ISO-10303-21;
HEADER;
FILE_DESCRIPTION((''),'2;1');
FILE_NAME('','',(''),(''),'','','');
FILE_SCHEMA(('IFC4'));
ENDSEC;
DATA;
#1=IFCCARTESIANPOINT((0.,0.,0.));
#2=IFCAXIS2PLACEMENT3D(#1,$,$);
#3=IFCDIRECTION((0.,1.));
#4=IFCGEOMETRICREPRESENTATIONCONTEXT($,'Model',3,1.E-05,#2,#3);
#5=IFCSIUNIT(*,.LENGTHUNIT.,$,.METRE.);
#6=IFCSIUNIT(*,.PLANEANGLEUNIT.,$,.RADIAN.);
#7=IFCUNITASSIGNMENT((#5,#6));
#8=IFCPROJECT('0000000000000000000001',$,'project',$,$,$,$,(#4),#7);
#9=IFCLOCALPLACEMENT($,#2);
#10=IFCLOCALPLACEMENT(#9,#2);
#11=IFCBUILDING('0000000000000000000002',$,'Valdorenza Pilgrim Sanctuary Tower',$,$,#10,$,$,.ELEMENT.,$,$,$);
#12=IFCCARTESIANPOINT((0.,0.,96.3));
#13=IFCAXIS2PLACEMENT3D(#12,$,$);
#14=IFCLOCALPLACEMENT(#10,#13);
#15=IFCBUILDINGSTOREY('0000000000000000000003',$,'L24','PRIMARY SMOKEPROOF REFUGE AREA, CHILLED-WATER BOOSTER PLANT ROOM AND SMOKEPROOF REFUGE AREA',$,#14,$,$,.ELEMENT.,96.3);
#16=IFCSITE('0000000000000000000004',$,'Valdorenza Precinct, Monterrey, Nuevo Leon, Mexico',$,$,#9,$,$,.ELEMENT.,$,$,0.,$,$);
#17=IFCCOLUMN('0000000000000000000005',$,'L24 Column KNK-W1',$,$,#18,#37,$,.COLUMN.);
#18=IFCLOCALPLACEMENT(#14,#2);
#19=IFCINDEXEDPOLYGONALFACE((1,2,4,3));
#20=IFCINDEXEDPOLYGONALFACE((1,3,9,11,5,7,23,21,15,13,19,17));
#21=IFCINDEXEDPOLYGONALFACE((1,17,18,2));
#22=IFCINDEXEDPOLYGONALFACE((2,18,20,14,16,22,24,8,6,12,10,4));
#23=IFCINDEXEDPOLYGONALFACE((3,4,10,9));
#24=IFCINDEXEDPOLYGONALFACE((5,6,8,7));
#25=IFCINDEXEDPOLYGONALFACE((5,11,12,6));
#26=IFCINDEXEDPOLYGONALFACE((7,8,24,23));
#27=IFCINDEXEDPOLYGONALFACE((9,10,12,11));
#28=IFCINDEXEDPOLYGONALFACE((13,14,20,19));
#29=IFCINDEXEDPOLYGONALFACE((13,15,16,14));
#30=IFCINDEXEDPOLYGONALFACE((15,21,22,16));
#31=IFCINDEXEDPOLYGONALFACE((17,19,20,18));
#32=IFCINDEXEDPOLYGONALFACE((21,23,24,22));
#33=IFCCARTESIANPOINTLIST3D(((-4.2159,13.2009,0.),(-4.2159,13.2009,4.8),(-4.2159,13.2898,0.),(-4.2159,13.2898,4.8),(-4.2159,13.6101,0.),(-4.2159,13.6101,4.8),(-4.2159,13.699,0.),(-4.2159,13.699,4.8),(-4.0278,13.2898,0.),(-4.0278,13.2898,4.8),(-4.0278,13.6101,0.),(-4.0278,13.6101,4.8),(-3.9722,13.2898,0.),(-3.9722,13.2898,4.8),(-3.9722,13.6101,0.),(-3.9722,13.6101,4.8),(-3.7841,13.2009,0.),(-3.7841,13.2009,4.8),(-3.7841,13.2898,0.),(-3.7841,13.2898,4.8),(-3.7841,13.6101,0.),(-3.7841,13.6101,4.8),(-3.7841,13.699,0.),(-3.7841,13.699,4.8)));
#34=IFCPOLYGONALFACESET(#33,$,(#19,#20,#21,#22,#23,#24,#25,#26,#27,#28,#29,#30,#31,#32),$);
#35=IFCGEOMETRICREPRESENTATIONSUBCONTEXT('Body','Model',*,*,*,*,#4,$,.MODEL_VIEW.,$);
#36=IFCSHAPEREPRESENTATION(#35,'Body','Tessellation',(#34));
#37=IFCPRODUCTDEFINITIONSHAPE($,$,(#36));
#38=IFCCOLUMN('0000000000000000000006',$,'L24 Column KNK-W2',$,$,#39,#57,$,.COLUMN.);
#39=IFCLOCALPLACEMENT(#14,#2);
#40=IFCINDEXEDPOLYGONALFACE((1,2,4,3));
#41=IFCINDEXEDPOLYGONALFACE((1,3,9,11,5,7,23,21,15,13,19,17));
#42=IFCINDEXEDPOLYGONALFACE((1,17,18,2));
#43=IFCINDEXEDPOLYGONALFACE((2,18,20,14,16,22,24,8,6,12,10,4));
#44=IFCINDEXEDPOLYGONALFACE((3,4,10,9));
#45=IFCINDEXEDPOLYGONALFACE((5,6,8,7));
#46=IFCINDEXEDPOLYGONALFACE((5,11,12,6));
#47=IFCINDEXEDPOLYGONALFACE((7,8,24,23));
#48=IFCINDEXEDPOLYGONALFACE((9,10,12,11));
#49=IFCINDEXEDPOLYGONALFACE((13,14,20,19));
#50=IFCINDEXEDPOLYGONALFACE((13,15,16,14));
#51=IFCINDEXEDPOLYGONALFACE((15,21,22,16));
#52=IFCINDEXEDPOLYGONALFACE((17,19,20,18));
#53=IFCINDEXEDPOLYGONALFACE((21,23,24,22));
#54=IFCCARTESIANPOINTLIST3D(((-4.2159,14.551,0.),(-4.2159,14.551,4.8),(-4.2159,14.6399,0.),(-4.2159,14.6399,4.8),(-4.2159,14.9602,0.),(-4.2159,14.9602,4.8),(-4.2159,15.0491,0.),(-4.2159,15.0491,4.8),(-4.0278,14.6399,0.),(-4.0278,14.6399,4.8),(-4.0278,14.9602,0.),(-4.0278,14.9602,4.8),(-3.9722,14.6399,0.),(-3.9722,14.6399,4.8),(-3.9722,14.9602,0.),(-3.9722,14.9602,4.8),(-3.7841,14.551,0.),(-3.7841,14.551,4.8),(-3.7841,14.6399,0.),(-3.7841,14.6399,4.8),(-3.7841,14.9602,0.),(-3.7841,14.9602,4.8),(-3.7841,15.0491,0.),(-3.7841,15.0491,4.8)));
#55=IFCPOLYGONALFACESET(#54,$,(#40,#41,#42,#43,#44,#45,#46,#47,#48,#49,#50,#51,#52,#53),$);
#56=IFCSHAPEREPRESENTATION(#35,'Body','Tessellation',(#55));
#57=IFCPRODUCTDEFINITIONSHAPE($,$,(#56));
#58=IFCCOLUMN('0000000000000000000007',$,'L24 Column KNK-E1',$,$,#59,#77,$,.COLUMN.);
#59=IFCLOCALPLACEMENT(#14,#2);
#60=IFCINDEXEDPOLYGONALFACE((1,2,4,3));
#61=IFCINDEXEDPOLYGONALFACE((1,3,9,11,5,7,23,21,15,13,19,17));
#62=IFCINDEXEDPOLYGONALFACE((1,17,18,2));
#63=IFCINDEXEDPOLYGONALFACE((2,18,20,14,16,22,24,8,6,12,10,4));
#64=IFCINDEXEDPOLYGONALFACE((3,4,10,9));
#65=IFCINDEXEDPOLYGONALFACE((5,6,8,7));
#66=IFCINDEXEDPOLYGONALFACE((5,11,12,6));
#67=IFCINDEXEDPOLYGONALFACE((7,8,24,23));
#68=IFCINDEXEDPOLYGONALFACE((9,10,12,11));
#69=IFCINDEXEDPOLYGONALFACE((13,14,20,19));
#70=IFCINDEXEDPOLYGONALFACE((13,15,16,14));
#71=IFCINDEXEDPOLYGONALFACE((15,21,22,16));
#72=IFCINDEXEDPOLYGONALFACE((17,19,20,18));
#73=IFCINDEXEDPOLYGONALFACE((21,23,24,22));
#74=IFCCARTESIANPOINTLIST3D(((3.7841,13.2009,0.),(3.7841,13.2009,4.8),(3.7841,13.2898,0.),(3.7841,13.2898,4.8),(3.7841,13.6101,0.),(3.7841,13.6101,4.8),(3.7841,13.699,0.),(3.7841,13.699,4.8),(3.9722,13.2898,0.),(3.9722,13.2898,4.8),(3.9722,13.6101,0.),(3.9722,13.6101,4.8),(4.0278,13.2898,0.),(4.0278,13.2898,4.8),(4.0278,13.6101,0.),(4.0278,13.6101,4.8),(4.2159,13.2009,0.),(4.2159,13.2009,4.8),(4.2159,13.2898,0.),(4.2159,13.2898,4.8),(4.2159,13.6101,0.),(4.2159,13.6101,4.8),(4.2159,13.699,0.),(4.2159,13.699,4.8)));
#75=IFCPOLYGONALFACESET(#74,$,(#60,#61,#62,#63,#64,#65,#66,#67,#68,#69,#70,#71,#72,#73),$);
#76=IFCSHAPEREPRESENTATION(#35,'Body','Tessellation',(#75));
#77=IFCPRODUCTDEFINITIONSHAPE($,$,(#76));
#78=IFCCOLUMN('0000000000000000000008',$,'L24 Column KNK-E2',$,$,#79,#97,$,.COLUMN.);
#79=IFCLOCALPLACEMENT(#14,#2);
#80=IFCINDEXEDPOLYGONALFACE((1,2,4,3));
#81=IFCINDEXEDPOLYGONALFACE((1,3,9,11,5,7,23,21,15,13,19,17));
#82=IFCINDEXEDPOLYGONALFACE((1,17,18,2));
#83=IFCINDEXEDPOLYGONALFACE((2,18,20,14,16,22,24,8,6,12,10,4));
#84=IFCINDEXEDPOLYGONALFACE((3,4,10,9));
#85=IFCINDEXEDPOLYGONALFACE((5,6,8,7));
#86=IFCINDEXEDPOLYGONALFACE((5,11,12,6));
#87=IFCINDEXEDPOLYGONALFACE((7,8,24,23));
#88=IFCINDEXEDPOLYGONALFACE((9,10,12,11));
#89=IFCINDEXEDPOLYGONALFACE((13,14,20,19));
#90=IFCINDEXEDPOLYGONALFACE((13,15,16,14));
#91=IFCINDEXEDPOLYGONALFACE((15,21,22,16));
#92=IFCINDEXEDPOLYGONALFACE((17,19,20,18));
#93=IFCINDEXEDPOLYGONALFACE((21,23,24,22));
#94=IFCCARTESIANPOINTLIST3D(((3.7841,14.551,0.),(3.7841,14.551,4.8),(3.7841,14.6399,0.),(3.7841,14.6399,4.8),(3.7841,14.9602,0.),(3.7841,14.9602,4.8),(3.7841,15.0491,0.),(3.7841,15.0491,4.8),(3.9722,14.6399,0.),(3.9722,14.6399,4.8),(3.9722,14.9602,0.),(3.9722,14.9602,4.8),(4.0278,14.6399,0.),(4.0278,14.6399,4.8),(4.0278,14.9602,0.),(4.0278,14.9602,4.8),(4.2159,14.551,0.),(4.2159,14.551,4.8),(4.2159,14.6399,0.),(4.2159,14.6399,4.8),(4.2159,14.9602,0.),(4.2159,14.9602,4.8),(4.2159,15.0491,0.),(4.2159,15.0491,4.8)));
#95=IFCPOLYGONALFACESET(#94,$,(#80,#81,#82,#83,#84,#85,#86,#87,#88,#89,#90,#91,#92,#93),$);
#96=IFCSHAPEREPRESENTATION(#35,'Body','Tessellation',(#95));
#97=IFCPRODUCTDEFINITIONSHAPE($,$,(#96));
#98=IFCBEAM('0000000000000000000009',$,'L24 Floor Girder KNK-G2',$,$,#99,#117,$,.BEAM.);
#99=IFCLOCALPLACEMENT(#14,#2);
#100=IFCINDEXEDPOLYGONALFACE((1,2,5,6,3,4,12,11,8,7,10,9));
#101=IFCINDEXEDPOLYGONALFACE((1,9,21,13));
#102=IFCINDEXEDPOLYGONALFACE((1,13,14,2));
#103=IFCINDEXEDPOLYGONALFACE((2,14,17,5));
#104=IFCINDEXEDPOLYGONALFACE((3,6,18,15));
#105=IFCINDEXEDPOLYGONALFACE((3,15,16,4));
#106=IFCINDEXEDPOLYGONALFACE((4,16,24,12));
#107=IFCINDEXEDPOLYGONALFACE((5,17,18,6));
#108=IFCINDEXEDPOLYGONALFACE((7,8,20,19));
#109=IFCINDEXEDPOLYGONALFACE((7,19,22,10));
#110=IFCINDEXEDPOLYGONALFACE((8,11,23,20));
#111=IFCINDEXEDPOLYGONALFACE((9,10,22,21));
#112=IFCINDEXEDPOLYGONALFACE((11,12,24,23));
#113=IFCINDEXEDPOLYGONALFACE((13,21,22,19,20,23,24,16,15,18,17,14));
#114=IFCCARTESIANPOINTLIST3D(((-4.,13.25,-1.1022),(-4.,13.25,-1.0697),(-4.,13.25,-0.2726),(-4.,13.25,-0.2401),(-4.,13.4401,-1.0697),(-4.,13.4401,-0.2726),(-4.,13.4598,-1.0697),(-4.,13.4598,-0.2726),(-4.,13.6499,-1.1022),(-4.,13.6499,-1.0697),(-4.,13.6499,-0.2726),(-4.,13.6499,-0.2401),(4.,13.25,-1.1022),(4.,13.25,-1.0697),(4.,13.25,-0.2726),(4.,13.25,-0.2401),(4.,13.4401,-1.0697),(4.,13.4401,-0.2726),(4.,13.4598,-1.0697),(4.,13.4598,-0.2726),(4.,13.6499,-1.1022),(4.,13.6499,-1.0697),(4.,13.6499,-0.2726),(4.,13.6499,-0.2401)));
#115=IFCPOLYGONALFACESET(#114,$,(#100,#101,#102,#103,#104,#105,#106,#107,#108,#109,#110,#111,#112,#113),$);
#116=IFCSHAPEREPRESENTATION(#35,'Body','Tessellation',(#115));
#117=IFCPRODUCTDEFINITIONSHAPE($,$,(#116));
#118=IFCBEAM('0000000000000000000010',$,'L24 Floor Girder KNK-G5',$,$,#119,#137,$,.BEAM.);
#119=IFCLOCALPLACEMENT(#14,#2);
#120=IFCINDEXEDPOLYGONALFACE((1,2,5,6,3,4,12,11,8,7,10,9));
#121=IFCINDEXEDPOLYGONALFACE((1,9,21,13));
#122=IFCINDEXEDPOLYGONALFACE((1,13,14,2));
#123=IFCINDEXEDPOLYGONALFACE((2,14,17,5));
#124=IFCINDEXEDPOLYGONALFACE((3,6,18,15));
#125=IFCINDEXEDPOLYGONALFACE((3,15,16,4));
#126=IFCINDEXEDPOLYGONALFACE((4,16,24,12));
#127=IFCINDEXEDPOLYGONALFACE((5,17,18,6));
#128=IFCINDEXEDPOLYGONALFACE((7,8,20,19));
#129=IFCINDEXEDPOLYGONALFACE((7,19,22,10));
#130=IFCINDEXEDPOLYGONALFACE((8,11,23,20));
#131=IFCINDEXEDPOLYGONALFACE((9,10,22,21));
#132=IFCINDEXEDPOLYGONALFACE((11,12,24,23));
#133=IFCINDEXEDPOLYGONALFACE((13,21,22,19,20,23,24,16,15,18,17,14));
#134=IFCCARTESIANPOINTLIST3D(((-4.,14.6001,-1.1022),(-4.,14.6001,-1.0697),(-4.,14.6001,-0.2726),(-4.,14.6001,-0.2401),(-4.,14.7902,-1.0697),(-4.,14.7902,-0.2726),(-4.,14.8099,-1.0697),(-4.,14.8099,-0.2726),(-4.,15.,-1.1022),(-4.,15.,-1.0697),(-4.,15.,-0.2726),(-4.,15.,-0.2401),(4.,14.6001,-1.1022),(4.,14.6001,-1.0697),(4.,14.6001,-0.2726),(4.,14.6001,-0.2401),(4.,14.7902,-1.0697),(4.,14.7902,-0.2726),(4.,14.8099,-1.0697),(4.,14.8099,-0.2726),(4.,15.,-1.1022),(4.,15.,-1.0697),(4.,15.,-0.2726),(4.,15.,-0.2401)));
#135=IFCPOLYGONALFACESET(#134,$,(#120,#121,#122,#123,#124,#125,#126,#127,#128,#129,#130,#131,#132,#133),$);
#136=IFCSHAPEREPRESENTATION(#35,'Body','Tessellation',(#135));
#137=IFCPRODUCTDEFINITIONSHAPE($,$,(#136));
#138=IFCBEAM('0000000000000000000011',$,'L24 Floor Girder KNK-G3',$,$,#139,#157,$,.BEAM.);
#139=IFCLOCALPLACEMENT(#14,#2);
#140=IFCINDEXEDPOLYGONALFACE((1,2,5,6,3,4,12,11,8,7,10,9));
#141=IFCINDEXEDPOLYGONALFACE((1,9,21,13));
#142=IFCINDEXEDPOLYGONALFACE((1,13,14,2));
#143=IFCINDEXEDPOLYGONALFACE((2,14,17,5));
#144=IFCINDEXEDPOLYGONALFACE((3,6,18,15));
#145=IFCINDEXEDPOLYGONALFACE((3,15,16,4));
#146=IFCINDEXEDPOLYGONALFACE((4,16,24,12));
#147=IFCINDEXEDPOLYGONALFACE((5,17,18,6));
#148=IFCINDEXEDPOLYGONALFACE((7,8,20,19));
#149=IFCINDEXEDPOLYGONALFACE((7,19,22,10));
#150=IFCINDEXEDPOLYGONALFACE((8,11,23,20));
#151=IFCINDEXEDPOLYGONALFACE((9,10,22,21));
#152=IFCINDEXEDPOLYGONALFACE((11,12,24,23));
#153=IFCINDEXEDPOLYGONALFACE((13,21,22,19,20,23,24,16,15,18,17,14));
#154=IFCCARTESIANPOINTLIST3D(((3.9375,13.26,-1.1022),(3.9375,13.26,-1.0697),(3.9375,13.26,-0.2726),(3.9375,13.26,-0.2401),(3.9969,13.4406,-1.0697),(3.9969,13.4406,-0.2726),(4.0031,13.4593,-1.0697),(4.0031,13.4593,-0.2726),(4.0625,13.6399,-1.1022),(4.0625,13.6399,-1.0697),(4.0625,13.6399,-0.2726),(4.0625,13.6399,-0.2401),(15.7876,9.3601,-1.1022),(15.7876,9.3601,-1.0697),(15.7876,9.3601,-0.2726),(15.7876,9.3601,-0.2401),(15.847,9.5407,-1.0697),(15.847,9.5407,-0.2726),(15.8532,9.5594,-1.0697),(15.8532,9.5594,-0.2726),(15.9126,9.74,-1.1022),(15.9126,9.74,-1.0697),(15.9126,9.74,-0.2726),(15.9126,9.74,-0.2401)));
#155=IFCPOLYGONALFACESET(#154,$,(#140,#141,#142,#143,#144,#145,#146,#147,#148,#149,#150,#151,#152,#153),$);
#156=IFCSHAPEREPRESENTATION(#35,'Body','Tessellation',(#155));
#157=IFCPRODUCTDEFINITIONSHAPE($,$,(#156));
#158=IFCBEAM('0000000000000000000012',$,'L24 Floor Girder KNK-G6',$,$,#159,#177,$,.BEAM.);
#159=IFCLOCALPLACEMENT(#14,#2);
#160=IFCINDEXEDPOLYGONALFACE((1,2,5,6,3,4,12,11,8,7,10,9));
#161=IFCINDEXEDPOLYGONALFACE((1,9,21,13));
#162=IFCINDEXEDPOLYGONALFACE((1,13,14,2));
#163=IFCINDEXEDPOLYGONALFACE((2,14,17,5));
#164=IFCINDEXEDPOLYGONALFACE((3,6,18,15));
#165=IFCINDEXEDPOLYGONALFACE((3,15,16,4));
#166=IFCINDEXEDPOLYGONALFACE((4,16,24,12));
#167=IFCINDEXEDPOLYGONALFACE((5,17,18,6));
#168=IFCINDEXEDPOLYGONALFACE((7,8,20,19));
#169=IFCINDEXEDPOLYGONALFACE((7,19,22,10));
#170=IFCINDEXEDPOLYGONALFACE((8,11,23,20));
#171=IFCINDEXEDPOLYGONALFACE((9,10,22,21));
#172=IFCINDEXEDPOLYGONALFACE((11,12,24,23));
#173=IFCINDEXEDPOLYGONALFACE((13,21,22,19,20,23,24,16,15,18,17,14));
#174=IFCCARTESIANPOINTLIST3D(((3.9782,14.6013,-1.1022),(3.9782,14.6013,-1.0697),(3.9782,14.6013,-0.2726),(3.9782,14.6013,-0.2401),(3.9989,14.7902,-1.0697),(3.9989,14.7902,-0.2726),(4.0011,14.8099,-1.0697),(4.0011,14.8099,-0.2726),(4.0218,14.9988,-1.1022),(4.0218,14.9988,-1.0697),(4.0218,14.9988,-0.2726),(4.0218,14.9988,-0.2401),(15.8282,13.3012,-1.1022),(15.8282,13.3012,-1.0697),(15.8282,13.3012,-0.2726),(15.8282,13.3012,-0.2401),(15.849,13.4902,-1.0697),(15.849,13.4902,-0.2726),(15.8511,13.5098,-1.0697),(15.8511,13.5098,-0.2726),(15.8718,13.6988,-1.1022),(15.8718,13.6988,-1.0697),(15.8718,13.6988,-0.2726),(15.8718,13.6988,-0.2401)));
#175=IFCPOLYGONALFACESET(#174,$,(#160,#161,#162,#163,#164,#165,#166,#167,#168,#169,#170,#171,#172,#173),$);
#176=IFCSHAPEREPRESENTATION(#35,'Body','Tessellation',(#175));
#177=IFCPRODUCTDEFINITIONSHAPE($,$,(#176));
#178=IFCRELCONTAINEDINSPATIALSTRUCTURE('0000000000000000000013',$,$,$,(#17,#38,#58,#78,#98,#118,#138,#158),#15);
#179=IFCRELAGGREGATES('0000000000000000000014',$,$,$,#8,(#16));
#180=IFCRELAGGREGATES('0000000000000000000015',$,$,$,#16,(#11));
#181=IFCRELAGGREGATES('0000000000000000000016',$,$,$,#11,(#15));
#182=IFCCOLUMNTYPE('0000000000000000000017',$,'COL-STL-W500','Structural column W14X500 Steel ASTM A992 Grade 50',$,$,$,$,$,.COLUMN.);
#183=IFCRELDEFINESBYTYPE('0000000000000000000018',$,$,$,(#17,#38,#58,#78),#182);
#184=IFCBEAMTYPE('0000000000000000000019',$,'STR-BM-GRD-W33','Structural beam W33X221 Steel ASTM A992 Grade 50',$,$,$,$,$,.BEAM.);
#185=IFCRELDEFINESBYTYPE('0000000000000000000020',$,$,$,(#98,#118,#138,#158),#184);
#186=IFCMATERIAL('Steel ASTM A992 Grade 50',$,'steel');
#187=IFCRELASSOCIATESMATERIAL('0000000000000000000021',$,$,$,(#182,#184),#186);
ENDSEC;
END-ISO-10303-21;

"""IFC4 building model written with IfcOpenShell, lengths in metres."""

from ifc_helpers import new_model, si_unit, direction, frame, origin, origin_2d, place, context, subcontext, project, spatial, i_section, extrude, source, transform, mapped, material, material_profile, profile_set, type_object, element, save


model = new_model("IFC4")

# Units and contexts
model_context = context("Model", 3, precision=1e-05, world=origin(), true_north=direction((0.0, 1.0)))
body_context = subcontext(model_context, "Body", "Model", "MODEL_VIEW")
ifc_project = project(units=[si_unit("LENGTHUNIT", "METRE"), si_unit("PLANEANGLEUNIT", "RADIAN")], contexts=[model_context])

# Site, building, storey
site_placement = place(None, origin())
site = spatial("IfcSite", under=ifc_project, at=site_placement, Name="Valdorenza Precinct, Monterrey, Nuevo Leon, Mexico", CompositionType="ELEMENT", RefElevation=0.0)
building_placement = place(site_placement, origin())
building = spatial("IfcBuilding", under=site, at=building_placement, Name="Valdorenza Pilgrim Sanctuary Tower", CompositionType="ELEMENT")
storey_placement = place(building_placement, frame((0.0, 0.0, 96.3)))
storey = spatial("IfcBuildingStorey", under=building, at=storey_placement, Name="L24", Description="PRIMARY SMOKEPROOF REFUGE AREA, CHILLED-WATER BOOSTER PLANT ROOM AND SMOKEPROOF REFUGE AREA", CompositionType="ELEMENT", Elevation=96.3)

# Columns
ifc_material_1 = material(Name="Steel ASTM A992 Grade 50", Category="steel")
ifc_material_profile_1 = material_profile(ifc_material_1, i_section(OverallWidth=0.4319, OverallDepth=0.498, WebThickness=0.0557, FlangeThickness=0.0889, at=origin_2d()), Name="W14X500")
ifc_profile_set_1 = profile_set([ifc_material_profile_1], Name="Steel ASTM A992 Grade 50")
column_type = type_object("IfcColumnType", Name="COL-STL-W500", Description="Structural column W14X500 Steel ASTM A992 Grade 50", PredefinedType="COLUMN", material=ifc_profile_set_1)
shared_shape_1 = source(origin(), body_context, "Body", "SweptSolid", [
    extrude(i_section(OverallWidth=0.4319, OverallDepth=0.498, WebThickness=0.0557, FlangeThickness=0.0889, at=origin_2d()), origin(), (0.0, 0.0, 1.0), 4.8),
])
for number, where, z_axis, x_axis, name in (
    (1, (-4.0, 13.45, 0.0), (0.0, 0.0, 1.0), (1.0, 0.0, 0.0), "L24 Column KNK-W1"),
    (2, (-4.0, 14.8, 0.0), (0.0, 0.0, 1.0), (1.0, 0.0, 0.0), "L24 Column KNK-W2"),
    (3, (4.0, 13.45, 0.0), (0.0, 0.0, 1.0), (1.0, 0.0, 0.0), "L24 Column KNK-E1"),
    (4, (4.0, 14.8, 0.0), (0.0, 0.0, 1.0), (1.0, 0.0, 0.0), "L24 Column KNK-E2"),
):
    element("IfcColumn", number, at=place(storey_placement, frame(where, z_axis=z_axis, x_axis=x_axis)), inside=storey, type_object=column_type, Name=name, PredefinedType="COLUMN", context=body_context, shape_type="MappedRepresentation", body=[
        mapped(shared_shape_1, transform((0.0, 0.0, 0.0), x_axis=(1.0, 0.0, 0.0), y_axis=(0.0, 1.0, 0.0), z_axis=(0.0, 0.0, 1.0), scale=1.0)),
    ])

# Beams
ifc_material_profile_2 = material_profile(ifc_material_1, i_section(OverallWidth=0.3999, OverallDepth=0.8621, WebThickness=0.0198, FlangeThickness=0.0325, at=origin_2d()), Name="W33X221")
ifc_profile_set_2 = profile_set([ifc_material_profile_2], Name="Steel ASTM A992 Grade 50")
beam_type_1 = type_object("IfcBeamType", Name="STR-BM-GRD-W33", Description="Structural beam W33X221 Steel ASTM A992 Grade 50", PredefinedType="BEAM", material=ifc_profile_set_2)
shared_shape_2 = source(origin(), body_context, "Body", "SweptSolid", [
    extrude(i_section(OverallWidth=0.3999, OverallDepth=0.8621, WebThickness=0.0198, FlangeThickness=0.0325, at=origin_2d()), origin(), (0.0, 0.0, 1.0), 8.0),
])
for number, where, z_axis, x_axis, name in (
    (5, (-4.0, 13.45, -0.6711), (1.0, 0.0, 0.0), (0.0, 1.0, 0.0), "L24 Floor Girder KNK-G2"),
    (6, (-4.0, 14.8, -0.6711), (1.0, 0.0, 0.0), (0.0, 1.0, 0.0), "L24 Floor Girder KNK-G5"),
):
    element("IfcBeam", number, at=place(storey_placement, frame(where, z_axis=z_axis, x_axis=x_axis)), inside=storey, type_object=beam_type_1, Name=name, PredefinedType="BEAM", context=body_context, shape_type="MappedRepresentation", body=[
        mapped(shared_shape_2, transform((0.0, 0.0, 0.0), x_axis=(1.0, 0.0, 0.0), y_axis=(0.0, 1.0, 0.0), z_axis=(0.0, 0.0, 1.0), scale=1.0)),
    ])
shared_shape_3 = source(origin(), body_context, "Body", "SweptSolid", [
    extrude(i_section(OverallWidth=0.3999, OverallDepth=0.8621, WebThickness=0.0198, FlangeThickness=0.0325, at=origin_2d()), origin(), (0.0, 0.0, 1.0), 12.4753),
])
beam_1_placement = place(storey_placement, frame((4.0, 13.45, -0.6711), z_axis=(0.949882, -0.312609, 0.0), x_axis=(0.312609, 0.949882, 0.0)))
element("IfcBeam", 7, at=beam_1_placement, inside=storey, type_object=beam_type_1, Name="L24 Floor Girder KNK-G3", PredefinedType="BEAM", context=body_context, shape_type="MappedRepresentation", body=[
    mapped(shared_shape_3, transform((0.0, 0.0, 0.0), x_axis=(1.0, 0.0, 0.0), y_axis=(0.0, 1.0, 0.0), z_axis=(0.0, 0.0, 1.0), scale=1.0)),
])
shared_shape_4 = source(origin(), body_context, "Body", "SweptSolid", [
    extrude(i_section(OverallWidth=0.3999, OverallDepth=0.8621, WebThickness=0.0198, FlangeThickness=0.0325, at=origin_2d()), origin(), (0.0, 0.0, 1.0), 11.9211),
])
beam_2_placement = place(storey_placement, frame((4.0, 14.8, -0.6711), z_axis=(0.994036, -0.109054, 0.0), x_axis=(0.109054, 0.994036, 0.0)))
element("IfcBeam", 8, at=beam_2_placement, inside=storey, type_object=beam_type_1, Name="L24 Floor Girder KNK-G6", PredefinedType="BEAM", context=body_context, shape_type="MappedRepresentation", body=[
    mapped(shared_shape_4, transform((0.0, 0.0, 0.0), x_axis=(1.0, 0.0, 0.0), y_axis=(0.0, 1.0, 0.0), z_axis=(0.0, 0.0, 1.0), scale=1.0)),
])

save(model, "model.ifc")
